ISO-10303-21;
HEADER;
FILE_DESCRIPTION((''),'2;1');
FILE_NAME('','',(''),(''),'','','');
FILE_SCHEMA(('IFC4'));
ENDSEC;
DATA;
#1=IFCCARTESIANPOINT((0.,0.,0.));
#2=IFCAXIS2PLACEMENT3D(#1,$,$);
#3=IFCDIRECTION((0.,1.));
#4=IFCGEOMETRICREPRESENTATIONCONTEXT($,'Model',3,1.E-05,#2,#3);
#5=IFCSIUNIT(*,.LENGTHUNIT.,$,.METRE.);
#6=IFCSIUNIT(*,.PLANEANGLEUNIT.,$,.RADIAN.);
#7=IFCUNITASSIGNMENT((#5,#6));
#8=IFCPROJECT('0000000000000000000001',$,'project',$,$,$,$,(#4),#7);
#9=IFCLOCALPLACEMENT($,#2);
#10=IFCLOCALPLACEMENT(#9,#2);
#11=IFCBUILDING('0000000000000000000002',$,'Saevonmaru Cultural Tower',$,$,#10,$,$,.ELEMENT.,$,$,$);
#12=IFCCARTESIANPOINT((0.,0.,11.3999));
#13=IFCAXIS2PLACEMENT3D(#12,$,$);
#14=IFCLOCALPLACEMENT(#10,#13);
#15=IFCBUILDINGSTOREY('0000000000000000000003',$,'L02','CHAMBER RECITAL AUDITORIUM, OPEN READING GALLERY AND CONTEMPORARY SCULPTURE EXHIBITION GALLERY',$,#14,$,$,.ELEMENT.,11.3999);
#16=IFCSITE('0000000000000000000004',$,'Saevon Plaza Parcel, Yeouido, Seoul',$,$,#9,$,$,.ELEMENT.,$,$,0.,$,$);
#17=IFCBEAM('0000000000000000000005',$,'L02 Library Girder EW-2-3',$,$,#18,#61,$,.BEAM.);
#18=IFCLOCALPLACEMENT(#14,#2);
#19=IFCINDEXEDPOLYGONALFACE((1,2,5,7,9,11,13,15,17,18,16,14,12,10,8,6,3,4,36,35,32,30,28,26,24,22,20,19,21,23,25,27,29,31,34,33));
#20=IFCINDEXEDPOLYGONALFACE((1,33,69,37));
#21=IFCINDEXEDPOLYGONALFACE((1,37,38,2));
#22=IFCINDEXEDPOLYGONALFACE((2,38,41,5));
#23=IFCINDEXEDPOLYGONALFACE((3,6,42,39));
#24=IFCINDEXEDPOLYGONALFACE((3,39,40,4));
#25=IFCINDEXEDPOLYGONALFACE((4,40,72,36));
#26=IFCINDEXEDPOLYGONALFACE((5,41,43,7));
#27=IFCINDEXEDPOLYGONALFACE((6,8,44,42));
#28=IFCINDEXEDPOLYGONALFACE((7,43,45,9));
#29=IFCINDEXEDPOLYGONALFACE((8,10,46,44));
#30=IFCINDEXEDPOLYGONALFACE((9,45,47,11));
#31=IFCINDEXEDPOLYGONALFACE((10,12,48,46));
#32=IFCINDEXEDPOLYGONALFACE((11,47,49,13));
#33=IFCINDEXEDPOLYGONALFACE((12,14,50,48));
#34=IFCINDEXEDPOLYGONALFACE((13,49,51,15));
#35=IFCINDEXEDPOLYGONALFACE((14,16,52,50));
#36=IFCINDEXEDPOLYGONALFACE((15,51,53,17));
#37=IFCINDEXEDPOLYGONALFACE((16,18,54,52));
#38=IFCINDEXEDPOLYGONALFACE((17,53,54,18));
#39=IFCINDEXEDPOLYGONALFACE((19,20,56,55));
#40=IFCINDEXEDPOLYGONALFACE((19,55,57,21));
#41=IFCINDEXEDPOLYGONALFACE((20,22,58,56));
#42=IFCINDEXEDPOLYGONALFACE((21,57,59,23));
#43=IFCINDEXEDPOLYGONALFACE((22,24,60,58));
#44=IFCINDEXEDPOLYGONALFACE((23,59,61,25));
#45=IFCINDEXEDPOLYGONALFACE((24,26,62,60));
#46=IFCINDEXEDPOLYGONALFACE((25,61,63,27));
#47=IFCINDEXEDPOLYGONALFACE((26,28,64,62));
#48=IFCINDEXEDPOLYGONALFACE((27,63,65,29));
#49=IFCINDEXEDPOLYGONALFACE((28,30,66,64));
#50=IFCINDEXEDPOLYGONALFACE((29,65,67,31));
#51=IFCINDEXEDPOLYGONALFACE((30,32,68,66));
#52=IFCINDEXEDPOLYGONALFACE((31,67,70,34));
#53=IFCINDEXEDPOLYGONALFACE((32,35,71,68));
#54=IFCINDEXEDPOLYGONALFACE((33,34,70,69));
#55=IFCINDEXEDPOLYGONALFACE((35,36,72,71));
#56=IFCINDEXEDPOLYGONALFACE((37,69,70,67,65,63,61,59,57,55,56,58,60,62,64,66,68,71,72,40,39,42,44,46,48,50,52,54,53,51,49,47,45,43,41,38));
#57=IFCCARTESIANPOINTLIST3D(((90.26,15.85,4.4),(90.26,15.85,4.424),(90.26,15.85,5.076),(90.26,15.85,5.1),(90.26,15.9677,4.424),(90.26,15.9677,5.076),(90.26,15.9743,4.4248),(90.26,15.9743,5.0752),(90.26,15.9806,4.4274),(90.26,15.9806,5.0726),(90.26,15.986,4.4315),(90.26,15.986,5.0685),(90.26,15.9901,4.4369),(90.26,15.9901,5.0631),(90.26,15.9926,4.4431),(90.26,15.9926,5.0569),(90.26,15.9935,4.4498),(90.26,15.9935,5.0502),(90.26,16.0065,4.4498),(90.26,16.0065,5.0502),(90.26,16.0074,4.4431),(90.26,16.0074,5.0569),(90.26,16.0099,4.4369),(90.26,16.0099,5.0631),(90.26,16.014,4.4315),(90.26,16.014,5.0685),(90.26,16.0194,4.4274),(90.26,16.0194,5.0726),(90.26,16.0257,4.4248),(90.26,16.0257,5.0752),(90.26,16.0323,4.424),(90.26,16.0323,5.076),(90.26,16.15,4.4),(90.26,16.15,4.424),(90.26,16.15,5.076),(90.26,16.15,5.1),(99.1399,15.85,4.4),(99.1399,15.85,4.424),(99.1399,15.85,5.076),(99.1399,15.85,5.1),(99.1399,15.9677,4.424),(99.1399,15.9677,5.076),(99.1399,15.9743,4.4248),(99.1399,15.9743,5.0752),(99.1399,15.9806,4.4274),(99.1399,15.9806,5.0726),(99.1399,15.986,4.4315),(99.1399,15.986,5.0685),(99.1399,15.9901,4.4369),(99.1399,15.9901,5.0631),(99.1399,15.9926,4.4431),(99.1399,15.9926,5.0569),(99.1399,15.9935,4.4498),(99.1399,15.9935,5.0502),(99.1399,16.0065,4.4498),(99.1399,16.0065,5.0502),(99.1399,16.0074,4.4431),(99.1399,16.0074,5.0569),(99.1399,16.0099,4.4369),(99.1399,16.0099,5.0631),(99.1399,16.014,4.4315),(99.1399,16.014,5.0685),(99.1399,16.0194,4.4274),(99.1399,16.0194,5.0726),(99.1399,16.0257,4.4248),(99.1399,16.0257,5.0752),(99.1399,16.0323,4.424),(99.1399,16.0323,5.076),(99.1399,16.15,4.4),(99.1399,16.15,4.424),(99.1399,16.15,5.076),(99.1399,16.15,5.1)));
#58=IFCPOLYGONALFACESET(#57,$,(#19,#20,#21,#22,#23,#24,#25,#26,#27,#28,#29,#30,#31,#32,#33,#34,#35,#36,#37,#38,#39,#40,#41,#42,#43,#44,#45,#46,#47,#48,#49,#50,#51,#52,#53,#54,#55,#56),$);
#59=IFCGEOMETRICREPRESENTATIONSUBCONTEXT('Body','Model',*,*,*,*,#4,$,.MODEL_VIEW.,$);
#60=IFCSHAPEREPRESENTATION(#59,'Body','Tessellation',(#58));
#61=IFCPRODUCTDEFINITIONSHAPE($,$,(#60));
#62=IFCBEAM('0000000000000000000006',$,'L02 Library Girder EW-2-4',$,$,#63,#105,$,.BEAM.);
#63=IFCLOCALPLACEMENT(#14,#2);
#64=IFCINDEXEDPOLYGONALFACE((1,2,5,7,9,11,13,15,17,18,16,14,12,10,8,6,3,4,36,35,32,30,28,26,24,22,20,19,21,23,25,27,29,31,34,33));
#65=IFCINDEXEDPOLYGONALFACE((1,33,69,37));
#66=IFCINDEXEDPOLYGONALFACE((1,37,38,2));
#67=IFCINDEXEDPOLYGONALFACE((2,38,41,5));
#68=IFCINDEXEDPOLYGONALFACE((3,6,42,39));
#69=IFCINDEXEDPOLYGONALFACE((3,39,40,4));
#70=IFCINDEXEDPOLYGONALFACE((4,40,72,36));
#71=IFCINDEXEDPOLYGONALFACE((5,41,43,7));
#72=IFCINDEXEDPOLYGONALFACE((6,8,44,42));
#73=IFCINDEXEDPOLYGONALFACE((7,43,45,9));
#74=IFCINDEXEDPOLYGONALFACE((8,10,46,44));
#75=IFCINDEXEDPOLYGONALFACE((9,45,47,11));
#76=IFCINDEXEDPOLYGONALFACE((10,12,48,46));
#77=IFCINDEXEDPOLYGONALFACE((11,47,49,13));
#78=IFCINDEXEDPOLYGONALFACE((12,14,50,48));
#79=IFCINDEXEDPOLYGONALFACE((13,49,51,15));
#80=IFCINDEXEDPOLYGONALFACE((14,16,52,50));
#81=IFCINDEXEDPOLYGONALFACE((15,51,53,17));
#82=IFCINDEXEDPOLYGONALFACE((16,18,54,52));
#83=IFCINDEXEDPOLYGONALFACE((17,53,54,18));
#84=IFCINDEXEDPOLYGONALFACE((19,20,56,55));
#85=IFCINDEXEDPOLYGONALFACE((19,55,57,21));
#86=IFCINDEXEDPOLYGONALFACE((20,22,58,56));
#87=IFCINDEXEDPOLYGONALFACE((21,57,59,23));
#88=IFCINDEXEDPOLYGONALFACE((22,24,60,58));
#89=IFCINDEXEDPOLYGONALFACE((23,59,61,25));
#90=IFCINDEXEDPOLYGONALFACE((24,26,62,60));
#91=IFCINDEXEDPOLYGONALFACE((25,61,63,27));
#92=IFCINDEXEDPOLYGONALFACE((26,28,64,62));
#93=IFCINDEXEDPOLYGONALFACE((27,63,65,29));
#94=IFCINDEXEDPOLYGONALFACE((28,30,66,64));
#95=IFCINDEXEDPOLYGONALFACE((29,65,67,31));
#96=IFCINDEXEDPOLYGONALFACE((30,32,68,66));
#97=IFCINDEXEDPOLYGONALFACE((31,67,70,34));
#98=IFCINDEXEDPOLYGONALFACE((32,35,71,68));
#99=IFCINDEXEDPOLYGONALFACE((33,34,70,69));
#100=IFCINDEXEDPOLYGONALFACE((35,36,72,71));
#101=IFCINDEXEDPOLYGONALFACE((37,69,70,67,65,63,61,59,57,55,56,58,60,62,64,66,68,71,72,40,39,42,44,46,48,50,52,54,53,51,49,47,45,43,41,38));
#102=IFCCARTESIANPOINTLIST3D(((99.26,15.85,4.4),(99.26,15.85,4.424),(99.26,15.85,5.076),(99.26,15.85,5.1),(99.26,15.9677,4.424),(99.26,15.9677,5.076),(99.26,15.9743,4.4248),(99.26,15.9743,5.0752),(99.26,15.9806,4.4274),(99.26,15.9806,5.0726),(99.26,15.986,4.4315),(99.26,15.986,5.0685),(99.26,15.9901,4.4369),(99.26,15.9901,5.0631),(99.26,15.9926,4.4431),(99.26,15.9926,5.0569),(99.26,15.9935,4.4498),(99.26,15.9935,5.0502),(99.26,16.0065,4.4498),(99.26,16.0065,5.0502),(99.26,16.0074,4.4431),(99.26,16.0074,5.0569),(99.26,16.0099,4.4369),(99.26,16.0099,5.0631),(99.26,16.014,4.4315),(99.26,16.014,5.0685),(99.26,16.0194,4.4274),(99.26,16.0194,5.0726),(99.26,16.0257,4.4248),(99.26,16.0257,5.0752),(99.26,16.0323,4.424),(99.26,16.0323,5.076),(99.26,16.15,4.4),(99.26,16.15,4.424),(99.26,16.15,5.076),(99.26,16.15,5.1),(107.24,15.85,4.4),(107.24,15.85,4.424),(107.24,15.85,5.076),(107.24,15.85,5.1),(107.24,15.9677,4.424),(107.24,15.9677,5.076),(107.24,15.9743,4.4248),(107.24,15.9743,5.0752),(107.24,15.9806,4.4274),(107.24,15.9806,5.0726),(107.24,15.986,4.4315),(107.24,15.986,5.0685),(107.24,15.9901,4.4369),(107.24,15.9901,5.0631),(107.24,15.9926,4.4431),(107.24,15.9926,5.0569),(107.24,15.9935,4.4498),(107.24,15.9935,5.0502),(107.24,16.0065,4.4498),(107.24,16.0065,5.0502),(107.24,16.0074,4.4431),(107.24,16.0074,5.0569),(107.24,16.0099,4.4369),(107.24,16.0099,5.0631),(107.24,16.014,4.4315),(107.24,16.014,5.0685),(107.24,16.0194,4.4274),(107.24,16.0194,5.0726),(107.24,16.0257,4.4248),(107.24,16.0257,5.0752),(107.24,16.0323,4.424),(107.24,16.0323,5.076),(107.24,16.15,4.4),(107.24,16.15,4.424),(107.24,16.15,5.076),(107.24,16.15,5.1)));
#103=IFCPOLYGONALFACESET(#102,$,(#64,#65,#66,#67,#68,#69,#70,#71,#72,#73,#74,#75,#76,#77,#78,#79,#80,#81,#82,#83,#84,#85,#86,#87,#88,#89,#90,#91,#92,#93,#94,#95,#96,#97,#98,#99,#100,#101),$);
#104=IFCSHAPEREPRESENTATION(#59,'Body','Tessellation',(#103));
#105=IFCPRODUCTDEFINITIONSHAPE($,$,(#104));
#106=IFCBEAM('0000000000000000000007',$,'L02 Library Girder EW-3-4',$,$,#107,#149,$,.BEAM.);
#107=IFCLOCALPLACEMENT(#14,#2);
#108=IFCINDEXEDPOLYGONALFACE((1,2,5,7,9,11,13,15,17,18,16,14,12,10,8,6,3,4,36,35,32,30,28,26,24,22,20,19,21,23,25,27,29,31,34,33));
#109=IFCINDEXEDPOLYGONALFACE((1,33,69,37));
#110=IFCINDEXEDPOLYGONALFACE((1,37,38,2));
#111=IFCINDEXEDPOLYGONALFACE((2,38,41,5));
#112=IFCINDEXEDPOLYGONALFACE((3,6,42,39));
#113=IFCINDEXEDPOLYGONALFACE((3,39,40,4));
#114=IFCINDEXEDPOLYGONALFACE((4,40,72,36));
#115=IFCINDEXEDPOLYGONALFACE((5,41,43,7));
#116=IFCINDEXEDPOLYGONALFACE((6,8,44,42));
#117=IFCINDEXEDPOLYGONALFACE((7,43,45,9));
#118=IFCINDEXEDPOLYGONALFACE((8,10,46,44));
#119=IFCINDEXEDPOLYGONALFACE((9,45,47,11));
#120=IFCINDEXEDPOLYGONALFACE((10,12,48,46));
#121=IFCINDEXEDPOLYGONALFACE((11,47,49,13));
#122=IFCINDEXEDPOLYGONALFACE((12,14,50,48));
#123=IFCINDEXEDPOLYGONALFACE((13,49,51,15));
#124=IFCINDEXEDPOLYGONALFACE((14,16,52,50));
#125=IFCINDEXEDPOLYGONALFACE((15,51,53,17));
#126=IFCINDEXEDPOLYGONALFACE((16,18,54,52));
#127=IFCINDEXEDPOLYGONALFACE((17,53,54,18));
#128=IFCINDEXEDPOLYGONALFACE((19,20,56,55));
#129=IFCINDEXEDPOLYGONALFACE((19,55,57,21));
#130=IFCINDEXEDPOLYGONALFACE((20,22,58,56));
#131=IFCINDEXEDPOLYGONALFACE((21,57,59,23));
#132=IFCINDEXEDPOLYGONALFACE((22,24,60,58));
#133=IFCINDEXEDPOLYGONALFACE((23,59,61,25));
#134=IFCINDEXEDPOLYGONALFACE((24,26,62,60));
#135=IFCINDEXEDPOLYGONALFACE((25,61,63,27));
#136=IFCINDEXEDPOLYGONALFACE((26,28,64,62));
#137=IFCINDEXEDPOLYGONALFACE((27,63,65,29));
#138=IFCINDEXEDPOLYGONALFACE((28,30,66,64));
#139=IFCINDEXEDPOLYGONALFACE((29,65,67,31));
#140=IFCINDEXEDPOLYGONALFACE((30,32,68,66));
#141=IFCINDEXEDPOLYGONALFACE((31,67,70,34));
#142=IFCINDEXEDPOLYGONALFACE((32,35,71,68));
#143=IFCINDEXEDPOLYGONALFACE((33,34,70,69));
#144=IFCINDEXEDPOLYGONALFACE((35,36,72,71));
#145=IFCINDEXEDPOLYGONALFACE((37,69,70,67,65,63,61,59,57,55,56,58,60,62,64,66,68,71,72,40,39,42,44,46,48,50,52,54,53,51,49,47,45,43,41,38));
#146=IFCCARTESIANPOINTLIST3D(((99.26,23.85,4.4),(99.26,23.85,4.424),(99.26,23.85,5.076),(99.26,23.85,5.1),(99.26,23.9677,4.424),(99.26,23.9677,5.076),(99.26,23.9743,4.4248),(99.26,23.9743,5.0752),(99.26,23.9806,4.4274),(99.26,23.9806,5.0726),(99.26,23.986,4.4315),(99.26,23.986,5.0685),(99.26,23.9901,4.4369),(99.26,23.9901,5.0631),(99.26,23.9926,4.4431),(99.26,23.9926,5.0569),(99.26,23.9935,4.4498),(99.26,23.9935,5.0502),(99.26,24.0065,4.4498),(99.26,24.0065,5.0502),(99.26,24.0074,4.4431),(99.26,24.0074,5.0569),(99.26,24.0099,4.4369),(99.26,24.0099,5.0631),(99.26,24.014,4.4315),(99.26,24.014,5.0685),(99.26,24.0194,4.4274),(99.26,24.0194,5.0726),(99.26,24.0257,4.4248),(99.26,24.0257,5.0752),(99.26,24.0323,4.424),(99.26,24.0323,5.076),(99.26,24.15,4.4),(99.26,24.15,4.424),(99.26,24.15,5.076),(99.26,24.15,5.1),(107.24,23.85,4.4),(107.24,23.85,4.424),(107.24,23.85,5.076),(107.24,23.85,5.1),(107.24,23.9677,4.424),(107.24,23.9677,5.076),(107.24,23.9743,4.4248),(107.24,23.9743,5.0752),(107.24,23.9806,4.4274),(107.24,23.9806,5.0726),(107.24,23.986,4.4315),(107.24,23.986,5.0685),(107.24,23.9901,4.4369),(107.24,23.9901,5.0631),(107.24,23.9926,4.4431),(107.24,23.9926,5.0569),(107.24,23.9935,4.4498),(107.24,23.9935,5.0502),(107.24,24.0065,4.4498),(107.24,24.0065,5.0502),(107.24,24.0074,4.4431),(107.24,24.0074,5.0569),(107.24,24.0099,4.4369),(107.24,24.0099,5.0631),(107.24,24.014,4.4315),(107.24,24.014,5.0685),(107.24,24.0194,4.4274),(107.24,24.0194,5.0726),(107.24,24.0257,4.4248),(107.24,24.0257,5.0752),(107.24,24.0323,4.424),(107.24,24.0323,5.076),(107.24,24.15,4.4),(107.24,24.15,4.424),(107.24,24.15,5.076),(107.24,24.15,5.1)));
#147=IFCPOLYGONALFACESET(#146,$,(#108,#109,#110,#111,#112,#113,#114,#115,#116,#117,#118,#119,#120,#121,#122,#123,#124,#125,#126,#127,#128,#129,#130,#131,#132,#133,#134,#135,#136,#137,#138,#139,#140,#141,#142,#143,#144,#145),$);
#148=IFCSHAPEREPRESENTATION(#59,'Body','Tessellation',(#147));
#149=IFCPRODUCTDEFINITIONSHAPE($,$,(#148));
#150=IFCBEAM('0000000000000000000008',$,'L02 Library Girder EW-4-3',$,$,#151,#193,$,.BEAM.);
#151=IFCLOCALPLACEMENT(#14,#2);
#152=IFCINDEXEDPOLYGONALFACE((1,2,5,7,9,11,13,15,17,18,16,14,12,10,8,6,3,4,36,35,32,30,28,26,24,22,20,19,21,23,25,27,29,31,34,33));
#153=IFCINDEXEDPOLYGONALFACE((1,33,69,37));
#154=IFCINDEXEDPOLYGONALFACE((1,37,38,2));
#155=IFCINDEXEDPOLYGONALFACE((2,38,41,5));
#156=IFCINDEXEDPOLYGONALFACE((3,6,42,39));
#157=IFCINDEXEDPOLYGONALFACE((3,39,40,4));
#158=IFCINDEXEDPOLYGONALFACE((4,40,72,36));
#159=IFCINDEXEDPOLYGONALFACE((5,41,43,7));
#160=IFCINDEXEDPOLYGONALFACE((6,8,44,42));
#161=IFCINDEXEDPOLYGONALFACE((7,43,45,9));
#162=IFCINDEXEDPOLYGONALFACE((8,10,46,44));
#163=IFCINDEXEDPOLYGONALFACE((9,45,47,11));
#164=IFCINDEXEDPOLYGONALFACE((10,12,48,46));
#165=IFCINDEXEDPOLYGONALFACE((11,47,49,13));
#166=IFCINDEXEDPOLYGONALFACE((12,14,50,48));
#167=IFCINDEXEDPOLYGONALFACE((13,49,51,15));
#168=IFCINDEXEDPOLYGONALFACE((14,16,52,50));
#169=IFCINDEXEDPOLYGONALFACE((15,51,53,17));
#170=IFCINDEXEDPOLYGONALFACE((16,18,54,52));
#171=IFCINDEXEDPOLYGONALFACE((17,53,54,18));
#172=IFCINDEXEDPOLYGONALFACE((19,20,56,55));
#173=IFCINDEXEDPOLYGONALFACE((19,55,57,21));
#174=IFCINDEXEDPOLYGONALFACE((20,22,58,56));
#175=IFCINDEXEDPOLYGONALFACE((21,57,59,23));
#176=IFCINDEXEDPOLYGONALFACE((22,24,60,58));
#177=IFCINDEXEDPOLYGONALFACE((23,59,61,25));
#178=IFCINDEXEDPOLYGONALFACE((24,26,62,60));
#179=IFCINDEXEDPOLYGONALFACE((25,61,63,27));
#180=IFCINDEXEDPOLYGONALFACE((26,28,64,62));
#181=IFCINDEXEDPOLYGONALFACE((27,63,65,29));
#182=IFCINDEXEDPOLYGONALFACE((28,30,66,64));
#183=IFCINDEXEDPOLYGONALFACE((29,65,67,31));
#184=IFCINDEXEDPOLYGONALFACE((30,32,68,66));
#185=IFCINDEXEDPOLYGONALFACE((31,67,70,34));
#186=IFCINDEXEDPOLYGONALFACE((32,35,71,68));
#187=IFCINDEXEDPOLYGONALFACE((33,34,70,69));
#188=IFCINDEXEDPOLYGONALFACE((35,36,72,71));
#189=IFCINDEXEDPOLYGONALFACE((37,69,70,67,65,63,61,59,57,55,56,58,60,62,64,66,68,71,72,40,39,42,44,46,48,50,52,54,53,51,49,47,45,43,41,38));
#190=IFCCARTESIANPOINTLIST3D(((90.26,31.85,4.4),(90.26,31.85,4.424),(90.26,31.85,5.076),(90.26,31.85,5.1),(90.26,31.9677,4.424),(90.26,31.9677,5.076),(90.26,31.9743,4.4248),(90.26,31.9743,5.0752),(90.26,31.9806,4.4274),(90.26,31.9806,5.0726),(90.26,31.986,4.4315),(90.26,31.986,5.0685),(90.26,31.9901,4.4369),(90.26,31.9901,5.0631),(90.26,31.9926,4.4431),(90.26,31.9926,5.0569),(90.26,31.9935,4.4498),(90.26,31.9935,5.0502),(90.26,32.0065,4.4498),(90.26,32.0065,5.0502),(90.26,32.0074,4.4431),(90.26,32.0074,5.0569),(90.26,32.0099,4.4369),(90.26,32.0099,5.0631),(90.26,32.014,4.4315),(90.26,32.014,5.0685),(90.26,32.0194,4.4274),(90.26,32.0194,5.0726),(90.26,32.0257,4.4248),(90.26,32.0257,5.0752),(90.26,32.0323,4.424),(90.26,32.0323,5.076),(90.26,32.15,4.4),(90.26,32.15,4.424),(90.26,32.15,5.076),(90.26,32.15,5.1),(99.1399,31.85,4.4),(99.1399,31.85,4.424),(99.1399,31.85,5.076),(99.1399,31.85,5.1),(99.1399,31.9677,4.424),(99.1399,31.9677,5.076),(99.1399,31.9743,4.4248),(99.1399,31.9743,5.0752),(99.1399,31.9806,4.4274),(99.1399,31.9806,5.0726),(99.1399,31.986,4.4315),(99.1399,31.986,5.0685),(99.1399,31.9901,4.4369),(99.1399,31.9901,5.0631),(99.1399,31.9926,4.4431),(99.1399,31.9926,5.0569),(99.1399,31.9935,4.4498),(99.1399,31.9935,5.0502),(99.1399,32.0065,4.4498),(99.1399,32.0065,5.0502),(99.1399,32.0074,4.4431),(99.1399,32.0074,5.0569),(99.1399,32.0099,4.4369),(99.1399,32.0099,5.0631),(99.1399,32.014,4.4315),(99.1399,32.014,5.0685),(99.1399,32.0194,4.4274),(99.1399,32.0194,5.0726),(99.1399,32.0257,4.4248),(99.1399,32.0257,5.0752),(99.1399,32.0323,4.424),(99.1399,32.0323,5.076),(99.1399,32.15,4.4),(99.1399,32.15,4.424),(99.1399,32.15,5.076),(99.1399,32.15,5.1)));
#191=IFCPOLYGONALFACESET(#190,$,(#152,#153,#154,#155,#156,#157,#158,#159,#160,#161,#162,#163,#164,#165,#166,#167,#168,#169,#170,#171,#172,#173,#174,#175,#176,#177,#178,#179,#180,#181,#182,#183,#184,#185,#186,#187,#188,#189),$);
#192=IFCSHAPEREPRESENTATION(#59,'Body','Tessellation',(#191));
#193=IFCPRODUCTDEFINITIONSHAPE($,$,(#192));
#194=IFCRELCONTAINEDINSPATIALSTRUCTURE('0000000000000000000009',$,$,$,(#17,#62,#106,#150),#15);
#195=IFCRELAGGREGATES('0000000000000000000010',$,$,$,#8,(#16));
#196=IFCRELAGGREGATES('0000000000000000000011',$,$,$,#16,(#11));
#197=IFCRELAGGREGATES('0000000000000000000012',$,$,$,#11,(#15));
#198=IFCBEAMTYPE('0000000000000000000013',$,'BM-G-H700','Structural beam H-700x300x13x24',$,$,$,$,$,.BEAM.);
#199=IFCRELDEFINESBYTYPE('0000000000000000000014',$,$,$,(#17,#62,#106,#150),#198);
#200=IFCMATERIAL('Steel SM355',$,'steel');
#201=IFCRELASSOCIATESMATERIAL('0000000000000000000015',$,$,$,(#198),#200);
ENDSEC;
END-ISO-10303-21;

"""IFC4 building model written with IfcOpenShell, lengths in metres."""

from ifc_helpers import new_model, si_unit, direction, frame, origin, origin_2d, place, context, subcontext, project, spatial, i_section, extrude, material, material_profile, profile_set, type_object, element, save


model = new_model("IFC4")

# Units and contexts
model_context = context("Model", 3, precision=1e-05, world=origin(), true_north=direction((0.0, 1.0)))
body_context = subcontext(model_context, "Body", "Model", "MODEL_VIEW")
ifc_project = project(units=[si_unit("LENGTHUNIT", "METRE"), si_unit("PLANEANGLEUNIT", "RADIAN")], contexts=[model_context])

# Site, building, storey
site_placement = place(None, origin())
site = spatial("IfcSite", under=ifc_project, at=site_placement, Name="Saevon Plaza Parcel, Yeouido, Seoul", CompositionType="ELEMENT", RefElevation=0.0)
building_placement = place(site_placement, origin())
building = spatial("IfcBuilding", under=site, at=building_placement, Name="Saevonmaru Cultural Tower", CompositionType="ELEMENT")
storey_placement = place(building_placement, frame((0.0, 0.0, 11.3999)))
storey = spatial("IfcBuildingStorey", under=building, at=storey_placement, Name="L02", Description="CHAMBER RECITAL AUDITORIUM, OPEN READING GALLERY AND CONTEMPORARY SCULPTURE EXHIBITION GALLERY", CompositionType="ELEMENT", Elevation=11.3999)

# Shared definitions
ifc_material_1 = material(Name="Steel SM355", Category="steel")

# Beams
ifc_material_profile_1 = material_profile(ifc_material_1, i_section(OverallWidth=0.3, OverallDepth=0.7, WebThickness=0.0129, FlangeThickness=0.0239, FilletRadius=0.0259, at=origin_2d()), Name="H-700x300x13x24")
ifc_profile_set_1 = profile_set([ifc_material_profile_1], Name="Steel SM355")
beam_type_1 = type_object("IfcBeamType", Name="BM-G-H700", Description="Structural beam H-700x300x13x24", PredefinedType="BEAM", material=ifc_profile_set_1)
beam_1_placement = place(storey_placement, frame((90.26, 16.0, 4.75), z_axis=(1.0, 0.0, 0.0), x_axis=(0.0, 1.0, 0.0)))
element("IfcBeam", 1, at=beam_1_placement, inside=storey, type_object=beam_type_1, Name="L02 Library Girder EW-2-3", PredefinedType="BEAM", context=body_context, shape_type="SweptSolid", body=[
    extrude(i_section(OverallWidth=0.3, OverallDepth=0.7, WebThickness=0.0129, FlangeThickness=0.0239, FilletRadius=0.0259, at=origin_2d()), origin(), (0.0, 0.0, 1.0), 8.8799),
])
for number, where, z_axis, x_axis, name in (
    (2, (99.26, 16.0, 4.75), (1.0, 0.0, 0.0), (0.0, 1.0, 0.0), "L02 Library Girder EW-2-4"),
    (3, (99.26, 24.0, 4.75), (1.0, 0.0, 0.0), (0.0, 1.0, 0.0), "L02 Library Girder EW-3-4"),
):
    element("IfcBeam", number, at=place(storey_placement, frame(where, z_axis=z_axis, x_axis=x_axis)), inside=storey, type_object=beam_type_1, Name=name, PredefinedType="BEAM", context=body_context, shape_type="SweptSolid", body=[
        extrude(i_section(OverallWidth=0.3, OverallDepth=0.7, WebThickness=0.0129, FlangeThickness=0.0239, FilletRadius=0.0259, at=origin_2d()), origin(), (0.0, 0.0, 1.0), 7.98),
    ])
beam_2_placement = place(storey_placement, frame((90.26, 32.0, 4.75), z_axis=(1.0, 0.0, 0.0), x_axis=(0.0, 1.0, 0.0)))
element("IfcBeam", 4, at=beam_2_placement, inside=storey, type_object=beam_type_1, Name="L02 Library Girder EW-4-3", PredefinedType="BEAM", context=body_context, shape_type="SweptSolid", body=[
    extrude(i_section(OverallWidth=0.3, OverallDepth=0.7, WebThickness=0.0129, FlangeThickness=0.0239, FilletRadius=0.0259, at=origin_2d()), origin(), (0.0, 0.0, 1.0), 8.8799),
])

save(model, "model.ifc")
